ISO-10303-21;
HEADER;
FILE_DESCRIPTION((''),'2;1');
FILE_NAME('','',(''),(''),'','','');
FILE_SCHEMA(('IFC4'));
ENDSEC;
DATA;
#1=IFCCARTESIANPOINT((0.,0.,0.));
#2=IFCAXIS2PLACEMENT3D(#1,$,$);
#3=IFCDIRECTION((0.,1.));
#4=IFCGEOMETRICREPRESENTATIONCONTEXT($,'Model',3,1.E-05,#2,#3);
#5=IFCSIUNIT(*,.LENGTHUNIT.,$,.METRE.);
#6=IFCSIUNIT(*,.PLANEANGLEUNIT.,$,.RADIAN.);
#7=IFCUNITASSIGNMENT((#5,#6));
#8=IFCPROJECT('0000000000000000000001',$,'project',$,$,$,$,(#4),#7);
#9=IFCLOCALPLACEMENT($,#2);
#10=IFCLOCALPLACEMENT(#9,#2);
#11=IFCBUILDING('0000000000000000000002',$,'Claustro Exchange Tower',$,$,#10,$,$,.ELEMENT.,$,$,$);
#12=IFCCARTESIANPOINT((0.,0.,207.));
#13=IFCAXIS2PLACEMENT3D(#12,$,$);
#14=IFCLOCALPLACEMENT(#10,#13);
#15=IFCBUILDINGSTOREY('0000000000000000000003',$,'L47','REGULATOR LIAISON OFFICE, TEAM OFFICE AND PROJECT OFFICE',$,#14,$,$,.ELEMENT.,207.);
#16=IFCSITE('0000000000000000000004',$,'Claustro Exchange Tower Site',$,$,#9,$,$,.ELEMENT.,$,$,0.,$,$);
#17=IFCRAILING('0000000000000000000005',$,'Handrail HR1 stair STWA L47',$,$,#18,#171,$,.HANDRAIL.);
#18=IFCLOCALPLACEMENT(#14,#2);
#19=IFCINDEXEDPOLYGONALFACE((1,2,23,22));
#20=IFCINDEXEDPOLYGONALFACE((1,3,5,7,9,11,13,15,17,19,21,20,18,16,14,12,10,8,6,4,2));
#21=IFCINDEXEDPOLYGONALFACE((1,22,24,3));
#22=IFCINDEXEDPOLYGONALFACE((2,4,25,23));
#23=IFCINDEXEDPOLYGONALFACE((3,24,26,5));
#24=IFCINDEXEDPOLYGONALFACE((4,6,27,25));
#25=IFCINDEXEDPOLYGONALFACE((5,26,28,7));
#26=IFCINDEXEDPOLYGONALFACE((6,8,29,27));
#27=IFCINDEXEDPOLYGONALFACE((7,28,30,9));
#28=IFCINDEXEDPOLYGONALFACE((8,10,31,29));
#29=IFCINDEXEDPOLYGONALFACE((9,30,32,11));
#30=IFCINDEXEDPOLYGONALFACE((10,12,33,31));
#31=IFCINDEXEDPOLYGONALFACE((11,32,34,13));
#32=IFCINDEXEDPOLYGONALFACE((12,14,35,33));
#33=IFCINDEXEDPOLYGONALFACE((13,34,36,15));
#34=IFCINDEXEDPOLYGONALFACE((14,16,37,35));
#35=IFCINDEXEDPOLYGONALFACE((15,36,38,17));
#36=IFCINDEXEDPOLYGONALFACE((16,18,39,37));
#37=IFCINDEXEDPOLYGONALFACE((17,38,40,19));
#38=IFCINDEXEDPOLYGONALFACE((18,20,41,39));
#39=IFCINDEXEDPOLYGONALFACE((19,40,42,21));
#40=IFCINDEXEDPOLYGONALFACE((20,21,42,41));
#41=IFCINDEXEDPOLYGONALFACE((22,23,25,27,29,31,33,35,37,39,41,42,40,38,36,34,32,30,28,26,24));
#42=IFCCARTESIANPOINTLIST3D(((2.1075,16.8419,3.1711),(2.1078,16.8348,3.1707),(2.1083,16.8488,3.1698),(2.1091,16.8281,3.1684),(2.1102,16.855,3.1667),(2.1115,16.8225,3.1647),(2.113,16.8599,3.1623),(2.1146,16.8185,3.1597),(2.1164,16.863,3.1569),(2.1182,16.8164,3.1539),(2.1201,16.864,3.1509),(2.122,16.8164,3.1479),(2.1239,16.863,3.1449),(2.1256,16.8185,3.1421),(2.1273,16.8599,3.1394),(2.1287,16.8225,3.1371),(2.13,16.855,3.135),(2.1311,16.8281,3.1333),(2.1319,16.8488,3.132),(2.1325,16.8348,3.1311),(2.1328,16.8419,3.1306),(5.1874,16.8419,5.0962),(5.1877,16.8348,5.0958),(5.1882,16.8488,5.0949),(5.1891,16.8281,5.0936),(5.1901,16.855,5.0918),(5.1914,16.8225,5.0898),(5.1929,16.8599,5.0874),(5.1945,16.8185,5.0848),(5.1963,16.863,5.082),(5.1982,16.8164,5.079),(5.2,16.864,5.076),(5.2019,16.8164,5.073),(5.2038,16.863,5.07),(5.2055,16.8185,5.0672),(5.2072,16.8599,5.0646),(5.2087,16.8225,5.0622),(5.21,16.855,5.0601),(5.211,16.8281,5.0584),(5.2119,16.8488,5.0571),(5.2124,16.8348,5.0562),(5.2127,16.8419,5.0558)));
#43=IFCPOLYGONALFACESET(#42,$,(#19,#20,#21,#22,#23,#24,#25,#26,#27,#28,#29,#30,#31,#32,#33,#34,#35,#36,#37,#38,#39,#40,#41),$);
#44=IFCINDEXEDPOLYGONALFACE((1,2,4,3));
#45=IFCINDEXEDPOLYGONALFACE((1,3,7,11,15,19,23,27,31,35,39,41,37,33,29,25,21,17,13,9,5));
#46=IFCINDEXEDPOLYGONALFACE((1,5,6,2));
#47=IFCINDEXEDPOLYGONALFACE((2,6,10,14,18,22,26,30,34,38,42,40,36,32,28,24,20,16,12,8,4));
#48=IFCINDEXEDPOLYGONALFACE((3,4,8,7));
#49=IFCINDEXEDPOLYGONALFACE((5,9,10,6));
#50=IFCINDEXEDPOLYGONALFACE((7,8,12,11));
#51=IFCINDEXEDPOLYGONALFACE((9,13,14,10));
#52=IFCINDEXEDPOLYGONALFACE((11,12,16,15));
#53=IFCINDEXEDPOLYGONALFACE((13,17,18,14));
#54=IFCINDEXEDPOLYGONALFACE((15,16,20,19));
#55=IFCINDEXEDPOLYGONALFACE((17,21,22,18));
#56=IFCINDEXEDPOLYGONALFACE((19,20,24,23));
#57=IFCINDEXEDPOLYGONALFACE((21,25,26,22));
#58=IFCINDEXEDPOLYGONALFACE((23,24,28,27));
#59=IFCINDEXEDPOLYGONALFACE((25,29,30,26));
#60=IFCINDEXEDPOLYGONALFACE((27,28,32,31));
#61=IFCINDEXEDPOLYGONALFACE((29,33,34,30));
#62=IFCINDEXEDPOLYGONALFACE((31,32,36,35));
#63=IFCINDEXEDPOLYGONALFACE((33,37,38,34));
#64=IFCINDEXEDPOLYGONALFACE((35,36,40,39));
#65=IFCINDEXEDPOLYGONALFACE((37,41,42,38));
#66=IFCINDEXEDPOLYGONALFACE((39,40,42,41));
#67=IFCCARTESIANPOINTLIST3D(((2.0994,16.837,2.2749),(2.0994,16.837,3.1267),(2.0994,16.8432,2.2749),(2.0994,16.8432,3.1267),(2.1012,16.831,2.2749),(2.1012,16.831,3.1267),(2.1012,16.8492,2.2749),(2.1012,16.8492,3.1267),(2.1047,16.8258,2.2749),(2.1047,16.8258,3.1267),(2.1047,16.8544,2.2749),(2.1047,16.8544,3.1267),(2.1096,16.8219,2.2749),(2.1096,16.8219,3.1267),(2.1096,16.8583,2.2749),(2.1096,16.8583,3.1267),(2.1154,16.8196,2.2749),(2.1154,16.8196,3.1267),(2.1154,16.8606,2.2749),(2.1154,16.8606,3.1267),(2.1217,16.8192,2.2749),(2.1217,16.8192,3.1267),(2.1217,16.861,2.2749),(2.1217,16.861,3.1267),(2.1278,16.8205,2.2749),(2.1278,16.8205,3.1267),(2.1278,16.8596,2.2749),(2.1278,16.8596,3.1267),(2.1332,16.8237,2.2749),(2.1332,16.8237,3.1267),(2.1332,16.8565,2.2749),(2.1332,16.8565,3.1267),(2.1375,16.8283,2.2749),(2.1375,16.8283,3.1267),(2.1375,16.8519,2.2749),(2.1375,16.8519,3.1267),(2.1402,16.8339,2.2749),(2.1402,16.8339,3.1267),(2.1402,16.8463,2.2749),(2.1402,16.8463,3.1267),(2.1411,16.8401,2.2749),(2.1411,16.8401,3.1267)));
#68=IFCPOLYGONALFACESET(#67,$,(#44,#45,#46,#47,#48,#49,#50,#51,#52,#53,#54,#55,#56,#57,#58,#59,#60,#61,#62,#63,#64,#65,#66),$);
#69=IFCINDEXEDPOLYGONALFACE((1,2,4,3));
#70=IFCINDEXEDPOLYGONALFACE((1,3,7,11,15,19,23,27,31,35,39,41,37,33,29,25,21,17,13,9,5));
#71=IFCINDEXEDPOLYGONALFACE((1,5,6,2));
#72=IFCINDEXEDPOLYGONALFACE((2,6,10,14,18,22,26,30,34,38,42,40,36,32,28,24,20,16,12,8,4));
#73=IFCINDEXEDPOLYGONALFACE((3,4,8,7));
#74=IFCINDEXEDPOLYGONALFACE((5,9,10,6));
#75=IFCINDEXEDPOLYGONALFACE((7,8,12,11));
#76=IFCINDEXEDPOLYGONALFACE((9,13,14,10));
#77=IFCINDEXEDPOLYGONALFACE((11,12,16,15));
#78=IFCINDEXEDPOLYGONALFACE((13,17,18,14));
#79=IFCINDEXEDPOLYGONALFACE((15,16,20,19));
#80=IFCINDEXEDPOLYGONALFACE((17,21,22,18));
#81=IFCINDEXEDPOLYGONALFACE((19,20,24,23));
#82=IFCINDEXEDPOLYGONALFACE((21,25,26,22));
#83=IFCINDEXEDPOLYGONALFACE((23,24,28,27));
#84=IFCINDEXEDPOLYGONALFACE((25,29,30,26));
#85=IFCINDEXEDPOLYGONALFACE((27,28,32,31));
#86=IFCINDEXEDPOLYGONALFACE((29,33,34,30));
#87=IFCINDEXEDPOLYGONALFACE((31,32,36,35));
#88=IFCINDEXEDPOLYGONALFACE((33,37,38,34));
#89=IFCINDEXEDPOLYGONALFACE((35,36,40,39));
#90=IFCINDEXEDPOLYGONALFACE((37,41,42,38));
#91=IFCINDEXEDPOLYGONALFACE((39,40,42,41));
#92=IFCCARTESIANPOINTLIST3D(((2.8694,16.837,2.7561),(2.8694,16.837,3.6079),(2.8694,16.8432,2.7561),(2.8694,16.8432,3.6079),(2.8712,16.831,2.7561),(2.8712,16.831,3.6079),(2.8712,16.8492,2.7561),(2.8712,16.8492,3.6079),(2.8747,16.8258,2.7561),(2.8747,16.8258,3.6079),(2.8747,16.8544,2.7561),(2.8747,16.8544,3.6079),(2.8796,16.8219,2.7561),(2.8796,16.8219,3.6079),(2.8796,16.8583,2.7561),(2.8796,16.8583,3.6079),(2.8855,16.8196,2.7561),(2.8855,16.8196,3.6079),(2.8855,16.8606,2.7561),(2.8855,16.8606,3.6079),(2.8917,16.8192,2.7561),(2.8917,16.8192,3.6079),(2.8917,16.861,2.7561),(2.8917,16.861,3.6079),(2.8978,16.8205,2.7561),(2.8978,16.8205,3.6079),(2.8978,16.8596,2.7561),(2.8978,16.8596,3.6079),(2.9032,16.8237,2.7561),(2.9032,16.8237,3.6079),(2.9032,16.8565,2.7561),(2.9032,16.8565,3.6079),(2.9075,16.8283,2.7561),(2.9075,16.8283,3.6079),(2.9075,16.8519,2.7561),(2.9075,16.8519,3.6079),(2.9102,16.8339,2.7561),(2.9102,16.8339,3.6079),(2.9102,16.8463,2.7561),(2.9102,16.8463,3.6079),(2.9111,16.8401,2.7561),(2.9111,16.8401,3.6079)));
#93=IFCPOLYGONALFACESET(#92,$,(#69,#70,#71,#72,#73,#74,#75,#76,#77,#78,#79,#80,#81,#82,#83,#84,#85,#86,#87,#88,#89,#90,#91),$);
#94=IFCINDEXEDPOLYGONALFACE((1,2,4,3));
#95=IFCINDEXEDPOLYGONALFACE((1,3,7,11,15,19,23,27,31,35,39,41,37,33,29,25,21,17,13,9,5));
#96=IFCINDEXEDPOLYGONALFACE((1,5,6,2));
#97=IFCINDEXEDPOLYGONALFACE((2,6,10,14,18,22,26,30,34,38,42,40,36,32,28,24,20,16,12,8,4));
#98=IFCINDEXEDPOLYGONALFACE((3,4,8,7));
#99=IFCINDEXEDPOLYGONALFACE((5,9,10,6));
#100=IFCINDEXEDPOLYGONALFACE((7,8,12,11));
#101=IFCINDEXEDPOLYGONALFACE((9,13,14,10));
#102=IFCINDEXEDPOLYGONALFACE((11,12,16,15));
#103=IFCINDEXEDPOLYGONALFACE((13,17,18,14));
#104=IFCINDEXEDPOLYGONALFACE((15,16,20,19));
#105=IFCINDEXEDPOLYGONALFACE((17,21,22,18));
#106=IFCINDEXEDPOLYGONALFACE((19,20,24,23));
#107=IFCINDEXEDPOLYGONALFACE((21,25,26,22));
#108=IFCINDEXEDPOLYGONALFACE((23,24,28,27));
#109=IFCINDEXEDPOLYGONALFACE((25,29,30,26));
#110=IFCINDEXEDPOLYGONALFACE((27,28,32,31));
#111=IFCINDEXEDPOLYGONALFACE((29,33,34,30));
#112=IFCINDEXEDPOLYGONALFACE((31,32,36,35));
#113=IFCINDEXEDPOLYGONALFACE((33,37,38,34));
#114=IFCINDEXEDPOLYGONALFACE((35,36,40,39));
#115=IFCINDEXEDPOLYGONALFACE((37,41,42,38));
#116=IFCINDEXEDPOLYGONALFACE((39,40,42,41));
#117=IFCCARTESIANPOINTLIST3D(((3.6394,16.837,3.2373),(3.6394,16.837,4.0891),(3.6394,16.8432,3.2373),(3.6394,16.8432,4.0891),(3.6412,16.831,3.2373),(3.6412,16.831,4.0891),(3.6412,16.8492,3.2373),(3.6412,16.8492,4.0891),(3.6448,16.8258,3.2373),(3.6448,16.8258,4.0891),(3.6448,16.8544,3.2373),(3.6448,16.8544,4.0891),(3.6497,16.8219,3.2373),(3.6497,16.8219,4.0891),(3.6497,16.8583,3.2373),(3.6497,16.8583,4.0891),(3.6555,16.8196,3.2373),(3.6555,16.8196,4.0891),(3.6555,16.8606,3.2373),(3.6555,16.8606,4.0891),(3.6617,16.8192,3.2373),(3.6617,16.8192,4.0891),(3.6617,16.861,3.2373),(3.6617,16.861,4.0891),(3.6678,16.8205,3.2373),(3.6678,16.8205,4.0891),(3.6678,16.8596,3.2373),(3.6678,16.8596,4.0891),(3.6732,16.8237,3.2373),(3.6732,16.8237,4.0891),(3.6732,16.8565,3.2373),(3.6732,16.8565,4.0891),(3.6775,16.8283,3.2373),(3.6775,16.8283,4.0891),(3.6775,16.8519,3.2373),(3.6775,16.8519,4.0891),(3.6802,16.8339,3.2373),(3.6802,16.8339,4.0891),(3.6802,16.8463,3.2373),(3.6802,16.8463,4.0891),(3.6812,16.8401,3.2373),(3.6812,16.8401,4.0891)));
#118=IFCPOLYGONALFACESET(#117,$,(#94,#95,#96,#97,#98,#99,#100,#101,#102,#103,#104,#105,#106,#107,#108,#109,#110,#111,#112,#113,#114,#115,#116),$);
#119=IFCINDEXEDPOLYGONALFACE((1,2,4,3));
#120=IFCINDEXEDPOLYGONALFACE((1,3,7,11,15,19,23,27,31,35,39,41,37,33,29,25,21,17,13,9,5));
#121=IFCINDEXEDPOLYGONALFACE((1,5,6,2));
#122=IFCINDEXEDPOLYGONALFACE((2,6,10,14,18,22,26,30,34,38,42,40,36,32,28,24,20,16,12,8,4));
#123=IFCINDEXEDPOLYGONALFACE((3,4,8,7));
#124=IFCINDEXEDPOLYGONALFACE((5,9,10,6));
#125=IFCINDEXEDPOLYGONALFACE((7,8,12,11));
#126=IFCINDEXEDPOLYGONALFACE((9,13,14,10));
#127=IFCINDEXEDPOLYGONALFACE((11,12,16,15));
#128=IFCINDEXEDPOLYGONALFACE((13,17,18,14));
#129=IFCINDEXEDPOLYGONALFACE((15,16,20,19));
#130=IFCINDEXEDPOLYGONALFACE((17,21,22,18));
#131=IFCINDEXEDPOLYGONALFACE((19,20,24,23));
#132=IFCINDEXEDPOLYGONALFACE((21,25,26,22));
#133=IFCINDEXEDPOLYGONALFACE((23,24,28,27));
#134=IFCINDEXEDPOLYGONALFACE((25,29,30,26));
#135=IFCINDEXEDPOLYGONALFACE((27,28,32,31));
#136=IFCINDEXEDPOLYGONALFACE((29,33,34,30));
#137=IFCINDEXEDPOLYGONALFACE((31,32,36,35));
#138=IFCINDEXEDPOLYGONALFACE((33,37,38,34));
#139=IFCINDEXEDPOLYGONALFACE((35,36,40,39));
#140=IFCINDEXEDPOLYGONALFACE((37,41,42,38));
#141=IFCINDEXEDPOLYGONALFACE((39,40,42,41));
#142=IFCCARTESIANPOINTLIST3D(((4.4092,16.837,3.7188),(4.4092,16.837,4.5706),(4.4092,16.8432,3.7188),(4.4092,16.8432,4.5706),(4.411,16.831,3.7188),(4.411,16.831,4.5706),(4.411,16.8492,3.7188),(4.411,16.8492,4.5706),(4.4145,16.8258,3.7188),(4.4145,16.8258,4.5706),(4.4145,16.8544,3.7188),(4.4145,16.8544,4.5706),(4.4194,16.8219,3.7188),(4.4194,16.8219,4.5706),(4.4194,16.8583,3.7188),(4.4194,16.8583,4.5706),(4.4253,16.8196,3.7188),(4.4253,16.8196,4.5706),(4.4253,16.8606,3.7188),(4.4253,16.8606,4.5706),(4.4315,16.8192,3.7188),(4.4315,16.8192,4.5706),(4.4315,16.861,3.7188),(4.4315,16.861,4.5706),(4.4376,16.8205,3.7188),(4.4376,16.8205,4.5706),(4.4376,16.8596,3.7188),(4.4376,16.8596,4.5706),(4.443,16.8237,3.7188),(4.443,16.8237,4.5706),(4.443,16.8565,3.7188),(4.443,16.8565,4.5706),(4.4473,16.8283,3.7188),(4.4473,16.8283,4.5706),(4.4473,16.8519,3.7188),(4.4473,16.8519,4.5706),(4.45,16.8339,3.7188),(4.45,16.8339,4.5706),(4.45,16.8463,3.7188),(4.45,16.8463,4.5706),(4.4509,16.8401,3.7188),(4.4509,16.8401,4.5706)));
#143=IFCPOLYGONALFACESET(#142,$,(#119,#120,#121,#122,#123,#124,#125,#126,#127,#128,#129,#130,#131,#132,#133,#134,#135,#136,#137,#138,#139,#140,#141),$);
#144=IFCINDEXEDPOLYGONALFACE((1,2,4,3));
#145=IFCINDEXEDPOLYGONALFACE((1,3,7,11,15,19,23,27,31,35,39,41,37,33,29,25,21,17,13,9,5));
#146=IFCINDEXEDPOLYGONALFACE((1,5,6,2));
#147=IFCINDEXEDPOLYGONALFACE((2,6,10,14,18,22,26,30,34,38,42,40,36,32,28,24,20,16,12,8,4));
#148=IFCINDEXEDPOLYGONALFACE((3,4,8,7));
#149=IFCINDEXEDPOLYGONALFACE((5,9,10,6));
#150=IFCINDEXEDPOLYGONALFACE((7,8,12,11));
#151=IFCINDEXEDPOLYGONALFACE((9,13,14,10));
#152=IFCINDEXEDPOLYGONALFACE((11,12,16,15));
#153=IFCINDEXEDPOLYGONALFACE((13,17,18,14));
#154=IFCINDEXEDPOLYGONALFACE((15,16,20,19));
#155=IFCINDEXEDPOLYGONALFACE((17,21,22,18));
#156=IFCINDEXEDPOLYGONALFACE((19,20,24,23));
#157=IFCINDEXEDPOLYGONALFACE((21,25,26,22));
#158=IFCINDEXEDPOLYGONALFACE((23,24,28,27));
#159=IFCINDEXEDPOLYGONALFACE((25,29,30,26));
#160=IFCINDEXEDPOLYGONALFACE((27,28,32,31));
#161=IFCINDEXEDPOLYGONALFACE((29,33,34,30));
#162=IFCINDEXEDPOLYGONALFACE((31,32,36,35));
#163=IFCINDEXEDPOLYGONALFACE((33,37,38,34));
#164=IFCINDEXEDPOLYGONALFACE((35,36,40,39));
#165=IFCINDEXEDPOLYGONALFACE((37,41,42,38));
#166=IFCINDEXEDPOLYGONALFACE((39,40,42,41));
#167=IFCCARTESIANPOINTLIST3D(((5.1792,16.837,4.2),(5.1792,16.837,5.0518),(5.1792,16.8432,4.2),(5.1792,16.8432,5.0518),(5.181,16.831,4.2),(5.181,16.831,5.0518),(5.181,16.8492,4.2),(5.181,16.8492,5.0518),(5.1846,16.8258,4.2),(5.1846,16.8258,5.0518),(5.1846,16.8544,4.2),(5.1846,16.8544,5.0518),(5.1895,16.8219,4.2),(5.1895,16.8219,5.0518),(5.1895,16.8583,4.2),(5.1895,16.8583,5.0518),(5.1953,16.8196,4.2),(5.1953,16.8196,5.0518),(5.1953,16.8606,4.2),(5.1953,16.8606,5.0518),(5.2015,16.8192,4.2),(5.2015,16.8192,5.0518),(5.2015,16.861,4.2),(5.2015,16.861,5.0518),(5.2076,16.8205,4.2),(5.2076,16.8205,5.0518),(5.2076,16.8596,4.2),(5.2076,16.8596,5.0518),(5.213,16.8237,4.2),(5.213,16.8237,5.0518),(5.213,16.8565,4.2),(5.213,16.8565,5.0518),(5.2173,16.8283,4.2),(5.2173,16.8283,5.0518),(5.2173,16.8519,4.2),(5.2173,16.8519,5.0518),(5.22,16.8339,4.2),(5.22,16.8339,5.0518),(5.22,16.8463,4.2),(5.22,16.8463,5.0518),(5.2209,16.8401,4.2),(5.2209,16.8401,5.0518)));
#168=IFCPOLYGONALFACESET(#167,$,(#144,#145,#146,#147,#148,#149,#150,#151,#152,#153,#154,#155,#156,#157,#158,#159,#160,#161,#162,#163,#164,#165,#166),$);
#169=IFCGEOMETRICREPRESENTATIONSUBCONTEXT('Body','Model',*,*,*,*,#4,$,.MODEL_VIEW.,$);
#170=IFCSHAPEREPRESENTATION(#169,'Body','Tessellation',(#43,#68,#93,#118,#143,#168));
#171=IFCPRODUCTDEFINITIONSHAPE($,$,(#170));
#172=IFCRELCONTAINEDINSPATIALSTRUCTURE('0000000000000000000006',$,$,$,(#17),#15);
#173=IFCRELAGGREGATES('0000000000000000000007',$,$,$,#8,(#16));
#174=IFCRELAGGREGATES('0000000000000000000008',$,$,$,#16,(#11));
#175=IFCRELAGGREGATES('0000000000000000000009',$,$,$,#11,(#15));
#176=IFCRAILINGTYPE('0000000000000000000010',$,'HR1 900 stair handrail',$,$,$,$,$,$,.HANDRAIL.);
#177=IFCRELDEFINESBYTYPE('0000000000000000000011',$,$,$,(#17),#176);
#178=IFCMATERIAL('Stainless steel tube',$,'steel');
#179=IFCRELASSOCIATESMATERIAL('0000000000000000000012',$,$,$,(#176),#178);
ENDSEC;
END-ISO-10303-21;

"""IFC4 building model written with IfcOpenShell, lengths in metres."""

from ifc_helpers import new_model, si_unit, direction, frame, origin, origin_2d, place, context, subcontext, project, spatial, circle, extrude, material, type_object, element, save


model = new_model("IFC4")

# Units and contexts
model_context = context("Model", 3, precision=1e-05, world=origin(), true_north=direction((0.0, 1.0)))
body_context = subcontext(model_context, "Body", "Model", "MODEL_VIEW")
ifc_project = project(units=[si_unit("LENGTHUNIT", "METRE"), si_unit("PLANEANGLEUNIT", "RADIAN")], contexts=[model_context])

# Site, building, storey
site_placement = place(None, origin())
site = spatial("IfcSite", under=ifc_project, at=site_placement, Name="Claustro Exchange Tower Site", CompositionType="ELEMENT", RefElevation=0.0)
building_placement = place(site_placement, origin())
building = spatial("IfcBuilding", under=site, at=building_placement, Name="Claustro Exchange Tower", CompositionType="ELEMENT")
storey_placement = place(building_placement, frame((0.0, 0.0, 207.0)))
storey = spatial("IfcBuildingStorey", under=building, at=storey_placement, Name="L47", Description="REGULATOR LIAISON OFFICE, TEAM OFFICE AND PROJECT OFFICE", CompositionType="ELEMENT", Elevation=207.0)

# Railing
ifc_material_1 = material(Name="Stainless steel tube", Category="steel")
railing_type = type_object("IfcRailingType", Name="HR1 900 stair handrail", PredefinedType="HANDRAIL", material=ifc_material_1)
railing_placement = place(storey_placement, frame((2.1201, 16.8401, 2.2749)))
element("IfcRailing", 1, at=railing_placement, inside=storey, type_object=railing_type, Name="Handrail HR1 stair STWA L47", PredefinedType="HANDRAIL", context=body_context, shape_type="SweptSolid", body=[
    extrude(circle(Radius=0.0239, at=origin_2d()), frame((0.0, 0.0, 0.876), z_axis=(0.847979, 0.0, 0.530029), x_axis=(0.0, 1.0, 0.0)), (0.0, 0.0, 1.0), 3.6321),
    extrude(circle(Radius=0.021, at=origin_2d()), origin(), (0.0, 0.0, 1.0), 0.8518),
    extrude(circle(Radius=0.021, at=origin_2d()), frame((0.77, 0.0, 0.4812)), (0.0, 0.0, 1.0), 0.8518),
    extrude(circle(Radius=0.021, at=origin_2d()), frame((1.54, 0.0, 0.9624)), (0.0, 0.0, 1.0), 0.8518),
    extrude(circle(Radius=0.021, at=origin_2d()), frame((2.3098, 0.0, 1.4438)), (0.0, 0.0, 1.0), 0.8518),
    extrude(circle(Radius=0.021, at=origin_2d()), frame((3.0798, 0.0, 1.925)), (0.0, 0.0, 1.0), 0.8518),
])

save(model, "model.ifc")
